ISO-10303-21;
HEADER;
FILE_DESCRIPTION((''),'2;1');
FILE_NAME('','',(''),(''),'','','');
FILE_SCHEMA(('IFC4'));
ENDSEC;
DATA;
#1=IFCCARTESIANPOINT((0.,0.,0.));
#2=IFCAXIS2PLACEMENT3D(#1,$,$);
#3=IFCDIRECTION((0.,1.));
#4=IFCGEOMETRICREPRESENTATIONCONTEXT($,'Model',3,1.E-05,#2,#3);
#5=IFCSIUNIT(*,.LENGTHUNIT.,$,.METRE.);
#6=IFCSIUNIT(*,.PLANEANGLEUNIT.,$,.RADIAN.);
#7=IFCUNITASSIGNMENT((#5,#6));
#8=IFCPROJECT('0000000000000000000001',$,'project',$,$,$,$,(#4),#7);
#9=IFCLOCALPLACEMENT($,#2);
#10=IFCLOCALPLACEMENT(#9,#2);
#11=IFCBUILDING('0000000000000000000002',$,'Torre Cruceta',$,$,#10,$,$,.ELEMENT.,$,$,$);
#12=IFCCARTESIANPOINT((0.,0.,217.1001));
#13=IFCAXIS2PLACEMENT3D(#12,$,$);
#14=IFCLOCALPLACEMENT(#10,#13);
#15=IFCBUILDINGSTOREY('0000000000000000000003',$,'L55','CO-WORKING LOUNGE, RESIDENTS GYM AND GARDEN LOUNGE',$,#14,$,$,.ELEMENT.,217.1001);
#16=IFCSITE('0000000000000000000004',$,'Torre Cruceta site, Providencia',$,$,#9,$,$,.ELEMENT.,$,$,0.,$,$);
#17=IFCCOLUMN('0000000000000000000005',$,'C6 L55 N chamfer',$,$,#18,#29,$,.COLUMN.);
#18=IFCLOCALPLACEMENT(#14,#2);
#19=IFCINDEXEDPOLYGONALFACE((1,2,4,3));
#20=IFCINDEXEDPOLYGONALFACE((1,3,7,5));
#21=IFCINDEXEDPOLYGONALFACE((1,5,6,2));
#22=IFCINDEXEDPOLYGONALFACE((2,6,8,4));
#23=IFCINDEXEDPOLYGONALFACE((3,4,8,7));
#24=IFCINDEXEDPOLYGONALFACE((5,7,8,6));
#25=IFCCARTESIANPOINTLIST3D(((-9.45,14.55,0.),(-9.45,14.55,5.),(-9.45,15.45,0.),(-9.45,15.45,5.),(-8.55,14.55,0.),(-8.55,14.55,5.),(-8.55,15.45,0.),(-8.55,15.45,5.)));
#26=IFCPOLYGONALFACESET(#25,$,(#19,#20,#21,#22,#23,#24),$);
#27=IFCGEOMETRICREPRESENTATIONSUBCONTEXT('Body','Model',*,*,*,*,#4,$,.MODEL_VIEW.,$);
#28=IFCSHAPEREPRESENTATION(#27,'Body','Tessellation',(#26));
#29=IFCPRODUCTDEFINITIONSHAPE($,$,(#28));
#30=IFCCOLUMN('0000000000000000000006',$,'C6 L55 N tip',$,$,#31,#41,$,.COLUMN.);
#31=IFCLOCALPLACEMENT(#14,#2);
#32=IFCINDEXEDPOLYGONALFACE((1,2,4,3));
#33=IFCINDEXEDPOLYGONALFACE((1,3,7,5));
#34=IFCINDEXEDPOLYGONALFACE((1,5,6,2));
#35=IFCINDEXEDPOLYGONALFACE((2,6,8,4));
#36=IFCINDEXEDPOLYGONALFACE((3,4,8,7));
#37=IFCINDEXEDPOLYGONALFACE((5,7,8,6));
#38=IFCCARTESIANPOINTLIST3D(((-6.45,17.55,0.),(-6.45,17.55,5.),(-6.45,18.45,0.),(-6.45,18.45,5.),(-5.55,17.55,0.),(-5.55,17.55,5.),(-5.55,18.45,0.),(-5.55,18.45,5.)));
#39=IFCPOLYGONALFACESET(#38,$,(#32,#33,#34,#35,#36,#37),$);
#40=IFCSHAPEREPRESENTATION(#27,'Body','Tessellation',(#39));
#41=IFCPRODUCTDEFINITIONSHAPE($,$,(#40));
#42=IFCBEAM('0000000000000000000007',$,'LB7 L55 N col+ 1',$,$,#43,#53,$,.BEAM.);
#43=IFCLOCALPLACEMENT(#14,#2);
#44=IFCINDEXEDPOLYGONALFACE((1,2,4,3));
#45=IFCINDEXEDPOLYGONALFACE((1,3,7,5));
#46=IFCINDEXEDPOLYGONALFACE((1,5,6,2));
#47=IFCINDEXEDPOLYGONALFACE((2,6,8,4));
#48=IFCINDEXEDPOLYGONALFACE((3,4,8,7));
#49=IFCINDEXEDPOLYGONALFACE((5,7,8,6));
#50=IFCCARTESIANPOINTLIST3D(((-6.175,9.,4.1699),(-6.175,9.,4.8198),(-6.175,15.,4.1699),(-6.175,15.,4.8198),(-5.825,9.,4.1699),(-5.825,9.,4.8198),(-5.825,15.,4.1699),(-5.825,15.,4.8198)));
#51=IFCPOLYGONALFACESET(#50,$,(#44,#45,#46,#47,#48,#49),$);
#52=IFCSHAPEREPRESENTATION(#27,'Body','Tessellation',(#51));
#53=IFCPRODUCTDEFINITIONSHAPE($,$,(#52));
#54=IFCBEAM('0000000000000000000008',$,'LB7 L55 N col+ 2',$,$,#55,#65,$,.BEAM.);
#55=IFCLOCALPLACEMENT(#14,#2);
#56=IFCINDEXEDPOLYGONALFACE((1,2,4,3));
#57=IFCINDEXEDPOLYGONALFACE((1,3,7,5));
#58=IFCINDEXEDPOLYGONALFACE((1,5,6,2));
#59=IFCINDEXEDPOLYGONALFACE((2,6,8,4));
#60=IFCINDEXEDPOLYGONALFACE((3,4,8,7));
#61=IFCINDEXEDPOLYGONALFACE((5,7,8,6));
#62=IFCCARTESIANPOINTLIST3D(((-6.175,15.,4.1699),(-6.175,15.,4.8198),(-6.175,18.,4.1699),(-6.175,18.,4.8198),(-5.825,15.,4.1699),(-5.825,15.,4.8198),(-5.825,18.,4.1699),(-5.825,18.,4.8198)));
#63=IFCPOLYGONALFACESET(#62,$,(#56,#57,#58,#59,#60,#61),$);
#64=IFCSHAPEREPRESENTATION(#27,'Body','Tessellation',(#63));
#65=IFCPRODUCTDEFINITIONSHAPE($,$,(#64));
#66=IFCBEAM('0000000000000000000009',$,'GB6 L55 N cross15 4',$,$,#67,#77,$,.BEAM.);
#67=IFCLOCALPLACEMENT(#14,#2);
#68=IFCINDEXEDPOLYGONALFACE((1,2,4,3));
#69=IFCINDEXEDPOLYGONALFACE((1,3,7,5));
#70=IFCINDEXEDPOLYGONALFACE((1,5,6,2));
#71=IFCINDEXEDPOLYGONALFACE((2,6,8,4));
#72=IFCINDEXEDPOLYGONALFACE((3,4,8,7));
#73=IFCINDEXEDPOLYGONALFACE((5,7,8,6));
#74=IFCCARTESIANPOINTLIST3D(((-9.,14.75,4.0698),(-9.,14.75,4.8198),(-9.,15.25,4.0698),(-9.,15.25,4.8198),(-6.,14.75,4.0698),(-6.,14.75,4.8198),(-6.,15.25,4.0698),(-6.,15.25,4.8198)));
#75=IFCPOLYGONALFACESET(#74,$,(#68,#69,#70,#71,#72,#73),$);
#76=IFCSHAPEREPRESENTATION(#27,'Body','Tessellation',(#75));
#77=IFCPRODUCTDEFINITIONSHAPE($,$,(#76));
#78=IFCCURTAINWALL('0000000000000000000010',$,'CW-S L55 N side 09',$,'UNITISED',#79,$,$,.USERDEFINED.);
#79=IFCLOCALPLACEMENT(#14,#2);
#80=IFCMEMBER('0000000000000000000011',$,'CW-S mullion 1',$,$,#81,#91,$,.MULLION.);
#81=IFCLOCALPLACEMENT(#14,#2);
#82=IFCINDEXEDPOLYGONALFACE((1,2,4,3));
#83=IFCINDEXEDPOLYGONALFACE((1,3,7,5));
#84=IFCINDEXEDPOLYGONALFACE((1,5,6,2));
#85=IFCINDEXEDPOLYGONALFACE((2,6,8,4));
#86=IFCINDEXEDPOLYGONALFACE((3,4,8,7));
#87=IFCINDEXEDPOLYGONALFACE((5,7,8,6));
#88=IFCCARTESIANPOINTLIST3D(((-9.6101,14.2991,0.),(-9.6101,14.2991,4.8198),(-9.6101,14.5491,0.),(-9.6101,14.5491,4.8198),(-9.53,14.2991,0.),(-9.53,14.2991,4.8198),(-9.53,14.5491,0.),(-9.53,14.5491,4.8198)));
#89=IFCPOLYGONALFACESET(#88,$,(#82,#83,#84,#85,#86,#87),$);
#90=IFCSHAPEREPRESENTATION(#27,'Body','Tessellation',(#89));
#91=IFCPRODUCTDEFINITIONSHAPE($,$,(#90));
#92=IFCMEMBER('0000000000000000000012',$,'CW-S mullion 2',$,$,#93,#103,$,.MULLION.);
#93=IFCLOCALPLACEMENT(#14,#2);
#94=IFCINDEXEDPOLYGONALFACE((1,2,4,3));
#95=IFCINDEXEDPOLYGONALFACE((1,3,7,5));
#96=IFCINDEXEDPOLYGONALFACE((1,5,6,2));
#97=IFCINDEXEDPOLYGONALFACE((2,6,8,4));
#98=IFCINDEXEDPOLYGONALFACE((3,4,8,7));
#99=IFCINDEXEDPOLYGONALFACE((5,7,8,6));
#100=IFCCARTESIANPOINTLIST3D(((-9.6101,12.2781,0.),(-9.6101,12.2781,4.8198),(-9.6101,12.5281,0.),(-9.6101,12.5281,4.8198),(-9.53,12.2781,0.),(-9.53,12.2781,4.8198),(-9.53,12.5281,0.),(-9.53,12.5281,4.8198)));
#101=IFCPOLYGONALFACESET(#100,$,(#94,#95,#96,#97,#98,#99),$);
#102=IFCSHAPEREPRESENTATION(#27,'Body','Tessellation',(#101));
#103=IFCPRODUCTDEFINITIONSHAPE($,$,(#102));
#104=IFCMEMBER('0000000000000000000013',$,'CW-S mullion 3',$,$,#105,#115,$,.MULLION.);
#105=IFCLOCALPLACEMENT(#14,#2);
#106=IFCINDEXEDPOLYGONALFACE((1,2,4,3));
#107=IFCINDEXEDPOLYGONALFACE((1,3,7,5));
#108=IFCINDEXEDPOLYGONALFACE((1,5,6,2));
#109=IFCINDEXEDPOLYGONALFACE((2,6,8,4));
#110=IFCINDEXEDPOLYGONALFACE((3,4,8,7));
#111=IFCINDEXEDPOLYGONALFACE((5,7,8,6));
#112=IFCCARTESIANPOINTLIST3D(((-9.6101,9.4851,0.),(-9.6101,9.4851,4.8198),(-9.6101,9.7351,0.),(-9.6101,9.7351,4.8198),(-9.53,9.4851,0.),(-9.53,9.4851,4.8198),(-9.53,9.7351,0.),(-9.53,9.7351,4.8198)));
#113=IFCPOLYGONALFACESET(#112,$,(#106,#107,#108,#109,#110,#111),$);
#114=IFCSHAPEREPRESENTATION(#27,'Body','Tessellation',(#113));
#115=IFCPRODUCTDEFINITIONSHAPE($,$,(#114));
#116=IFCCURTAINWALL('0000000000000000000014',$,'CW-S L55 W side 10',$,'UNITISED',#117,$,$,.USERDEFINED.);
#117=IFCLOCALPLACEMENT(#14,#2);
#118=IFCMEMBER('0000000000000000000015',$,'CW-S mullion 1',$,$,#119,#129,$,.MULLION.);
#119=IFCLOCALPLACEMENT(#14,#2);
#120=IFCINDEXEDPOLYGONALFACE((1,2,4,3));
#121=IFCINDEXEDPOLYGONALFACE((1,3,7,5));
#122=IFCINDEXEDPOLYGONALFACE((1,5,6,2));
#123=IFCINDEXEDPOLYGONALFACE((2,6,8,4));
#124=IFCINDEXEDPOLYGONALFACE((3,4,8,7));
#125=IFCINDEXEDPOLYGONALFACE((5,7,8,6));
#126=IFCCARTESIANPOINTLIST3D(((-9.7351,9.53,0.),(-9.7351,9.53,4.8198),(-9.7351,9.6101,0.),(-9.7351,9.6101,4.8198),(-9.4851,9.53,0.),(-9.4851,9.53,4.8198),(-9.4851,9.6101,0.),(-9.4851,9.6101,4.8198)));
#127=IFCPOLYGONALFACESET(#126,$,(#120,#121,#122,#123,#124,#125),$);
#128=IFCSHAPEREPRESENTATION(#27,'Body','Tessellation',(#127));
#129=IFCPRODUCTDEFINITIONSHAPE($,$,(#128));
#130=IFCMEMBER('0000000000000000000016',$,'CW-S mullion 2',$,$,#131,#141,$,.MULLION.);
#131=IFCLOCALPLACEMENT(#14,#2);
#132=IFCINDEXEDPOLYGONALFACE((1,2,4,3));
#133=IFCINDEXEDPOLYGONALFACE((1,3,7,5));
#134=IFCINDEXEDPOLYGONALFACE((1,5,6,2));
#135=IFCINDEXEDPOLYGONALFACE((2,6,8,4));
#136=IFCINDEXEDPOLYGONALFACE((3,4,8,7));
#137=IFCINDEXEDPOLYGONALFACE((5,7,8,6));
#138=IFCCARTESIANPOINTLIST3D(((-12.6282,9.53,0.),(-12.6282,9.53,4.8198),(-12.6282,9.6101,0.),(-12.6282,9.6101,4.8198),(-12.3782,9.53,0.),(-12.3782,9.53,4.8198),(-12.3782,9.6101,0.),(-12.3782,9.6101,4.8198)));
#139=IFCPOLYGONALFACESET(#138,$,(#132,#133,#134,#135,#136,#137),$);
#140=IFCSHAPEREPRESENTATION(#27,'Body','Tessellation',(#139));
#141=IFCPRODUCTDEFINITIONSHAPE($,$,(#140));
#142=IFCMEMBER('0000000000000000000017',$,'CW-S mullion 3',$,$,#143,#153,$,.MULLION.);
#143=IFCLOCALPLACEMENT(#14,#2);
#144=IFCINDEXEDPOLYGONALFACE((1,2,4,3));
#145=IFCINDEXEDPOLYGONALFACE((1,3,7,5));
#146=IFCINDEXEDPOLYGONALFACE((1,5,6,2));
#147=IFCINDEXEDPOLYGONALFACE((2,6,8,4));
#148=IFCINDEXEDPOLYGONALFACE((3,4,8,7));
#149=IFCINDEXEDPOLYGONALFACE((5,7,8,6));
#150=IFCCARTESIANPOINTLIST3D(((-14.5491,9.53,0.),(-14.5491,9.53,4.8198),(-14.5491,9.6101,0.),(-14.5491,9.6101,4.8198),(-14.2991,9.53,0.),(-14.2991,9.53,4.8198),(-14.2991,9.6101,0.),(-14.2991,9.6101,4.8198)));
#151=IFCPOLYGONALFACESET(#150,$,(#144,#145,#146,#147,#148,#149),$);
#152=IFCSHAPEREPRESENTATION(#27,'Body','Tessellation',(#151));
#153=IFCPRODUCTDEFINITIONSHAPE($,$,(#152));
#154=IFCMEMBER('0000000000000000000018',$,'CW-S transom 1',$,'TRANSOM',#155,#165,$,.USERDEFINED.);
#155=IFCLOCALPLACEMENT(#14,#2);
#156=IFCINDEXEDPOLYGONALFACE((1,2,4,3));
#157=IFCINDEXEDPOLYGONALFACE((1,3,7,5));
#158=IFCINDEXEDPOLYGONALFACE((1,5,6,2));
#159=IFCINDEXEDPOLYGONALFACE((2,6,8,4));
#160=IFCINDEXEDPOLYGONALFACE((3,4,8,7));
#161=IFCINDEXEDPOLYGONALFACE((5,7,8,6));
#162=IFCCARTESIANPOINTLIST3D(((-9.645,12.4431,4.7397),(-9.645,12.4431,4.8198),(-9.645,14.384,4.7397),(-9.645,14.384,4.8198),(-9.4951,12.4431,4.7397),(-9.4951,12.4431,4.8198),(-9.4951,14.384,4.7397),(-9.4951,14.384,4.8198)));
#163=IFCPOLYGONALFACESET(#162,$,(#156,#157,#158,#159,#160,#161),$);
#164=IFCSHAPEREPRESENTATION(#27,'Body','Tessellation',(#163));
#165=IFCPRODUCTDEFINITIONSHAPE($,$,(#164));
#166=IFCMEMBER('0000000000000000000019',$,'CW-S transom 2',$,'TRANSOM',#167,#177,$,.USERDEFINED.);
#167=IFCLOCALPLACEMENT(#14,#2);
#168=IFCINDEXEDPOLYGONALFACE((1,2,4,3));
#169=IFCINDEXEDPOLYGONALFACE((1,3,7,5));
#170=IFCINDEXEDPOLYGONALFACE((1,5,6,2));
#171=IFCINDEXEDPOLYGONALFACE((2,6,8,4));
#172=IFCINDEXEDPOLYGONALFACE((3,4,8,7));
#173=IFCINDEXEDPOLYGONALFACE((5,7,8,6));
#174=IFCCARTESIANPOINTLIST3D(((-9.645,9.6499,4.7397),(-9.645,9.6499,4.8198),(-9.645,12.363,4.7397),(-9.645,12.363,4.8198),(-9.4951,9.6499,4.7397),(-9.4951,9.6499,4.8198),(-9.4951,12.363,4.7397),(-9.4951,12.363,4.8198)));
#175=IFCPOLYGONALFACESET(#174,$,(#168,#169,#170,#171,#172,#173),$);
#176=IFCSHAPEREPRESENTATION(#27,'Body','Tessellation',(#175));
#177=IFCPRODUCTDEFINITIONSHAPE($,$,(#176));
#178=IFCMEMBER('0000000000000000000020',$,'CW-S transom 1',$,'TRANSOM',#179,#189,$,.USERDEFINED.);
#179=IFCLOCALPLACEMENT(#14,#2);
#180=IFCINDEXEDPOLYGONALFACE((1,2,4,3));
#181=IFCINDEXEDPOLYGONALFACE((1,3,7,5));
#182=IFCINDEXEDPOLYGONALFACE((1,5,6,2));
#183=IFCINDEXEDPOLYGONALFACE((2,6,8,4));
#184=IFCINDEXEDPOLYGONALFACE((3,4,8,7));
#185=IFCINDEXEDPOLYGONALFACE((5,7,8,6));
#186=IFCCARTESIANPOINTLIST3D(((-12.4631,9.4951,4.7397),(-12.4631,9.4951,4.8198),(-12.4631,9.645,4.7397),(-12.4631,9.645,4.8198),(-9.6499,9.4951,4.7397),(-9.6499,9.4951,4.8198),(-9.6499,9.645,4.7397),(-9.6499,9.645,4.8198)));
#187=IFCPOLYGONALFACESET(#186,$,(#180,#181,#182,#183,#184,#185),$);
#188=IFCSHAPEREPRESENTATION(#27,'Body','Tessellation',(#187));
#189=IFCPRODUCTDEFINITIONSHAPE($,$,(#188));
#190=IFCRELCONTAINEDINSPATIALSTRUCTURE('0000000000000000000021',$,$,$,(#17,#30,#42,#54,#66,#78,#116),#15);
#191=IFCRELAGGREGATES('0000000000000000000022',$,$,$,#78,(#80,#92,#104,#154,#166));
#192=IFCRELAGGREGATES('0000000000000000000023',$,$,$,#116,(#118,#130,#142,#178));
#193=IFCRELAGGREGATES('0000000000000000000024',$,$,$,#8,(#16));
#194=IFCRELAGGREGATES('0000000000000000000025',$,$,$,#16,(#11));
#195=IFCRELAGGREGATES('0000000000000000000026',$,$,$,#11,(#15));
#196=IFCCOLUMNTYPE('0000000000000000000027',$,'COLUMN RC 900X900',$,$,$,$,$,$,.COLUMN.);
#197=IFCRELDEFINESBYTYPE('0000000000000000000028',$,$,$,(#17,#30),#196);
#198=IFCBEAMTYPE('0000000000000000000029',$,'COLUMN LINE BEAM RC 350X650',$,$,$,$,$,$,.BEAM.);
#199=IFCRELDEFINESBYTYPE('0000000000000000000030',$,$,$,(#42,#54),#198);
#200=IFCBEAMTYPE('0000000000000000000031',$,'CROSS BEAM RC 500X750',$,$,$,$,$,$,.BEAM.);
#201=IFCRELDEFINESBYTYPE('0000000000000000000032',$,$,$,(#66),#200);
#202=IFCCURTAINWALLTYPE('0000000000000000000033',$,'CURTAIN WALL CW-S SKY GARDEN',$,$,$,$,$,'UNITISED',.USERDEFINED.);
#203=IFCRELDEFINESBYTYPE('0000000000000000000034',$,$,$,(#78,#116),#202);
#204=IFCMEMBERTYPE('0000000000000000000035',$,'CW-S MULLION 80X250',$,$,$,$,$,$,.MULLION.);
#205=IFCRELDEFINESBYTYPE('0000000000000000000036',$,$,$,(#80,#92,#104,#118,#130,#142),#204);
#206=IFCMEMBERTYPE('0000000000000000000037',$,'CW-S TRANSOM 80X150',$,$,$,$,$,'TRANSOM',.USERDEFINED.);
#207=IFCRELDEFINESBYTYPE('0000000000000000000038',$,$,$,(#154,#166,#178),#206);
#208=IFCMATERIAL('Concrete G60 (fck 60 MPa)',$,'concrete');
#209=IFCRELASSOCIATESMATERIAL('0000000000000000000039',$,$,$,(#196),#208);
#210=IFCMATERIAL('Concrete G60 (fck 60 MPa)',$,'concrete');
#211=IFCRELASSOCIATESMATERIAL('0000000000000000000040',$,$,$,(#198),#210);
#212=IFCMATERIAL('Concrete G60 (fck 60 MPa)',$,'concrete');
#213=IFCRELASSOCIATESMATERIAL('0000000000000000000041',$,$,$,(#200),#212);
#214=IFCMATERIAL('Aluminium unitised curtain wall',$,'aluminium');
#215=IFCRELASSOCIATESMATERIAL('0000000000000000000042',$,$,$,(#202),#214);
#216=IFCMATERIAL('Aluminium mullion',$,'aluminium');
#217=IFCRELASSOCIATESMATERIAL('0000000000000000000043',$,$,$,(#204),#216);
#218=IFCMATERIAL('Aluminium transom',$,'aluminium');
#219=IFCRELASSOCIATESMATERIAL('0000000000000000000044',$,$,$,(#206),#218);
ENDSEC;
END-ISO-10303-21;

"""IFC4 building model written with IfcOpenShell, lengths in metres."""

from ifc_helpers import new_model, si_unit, direction, frame, origin, origin_2d, place, context, subcontext, project, spatial, rectangle, extrude, material, material_profile, profile_set, type_object, element, aggregate, save


model = new_model("IFC4")

# Units and contexts
model_context = context("Model", 3, precision=1e-05, world=origin(), true_north=direction((0.0, 1.0)))
body_context = subcontext(model_context, "Body", "Model", "MODEL_VIEW")
ifc_project = project(units=[si_unit("LENGTHUNIT", "METRE"), si_unit("PLANEANGLEUNIT", "RADIAN")], contexts=[model_context])

# Site, building, storey
site_placement = place(None, origin())
site = spatial("IfcSite", under=ifc_project, at=site_placement, Name="Torre Cruceta site, Providencia", CompositionType="ELEMENT", RefElevation=0.0)
building_placement = place(site_placement, origin())
building = spatial("IfcBuilding", under=site, at=building_placement, Name="Torre Cruceta", CompositionType="ELEMENT")
storey_placement = place(building_placement, frame((0.0, 0.0, 217.1001)))
storey = spatial("IfcBuildingStorey", under=building, at=storey_placement, Name="L55", Description="CO-WORKING LOUNGE, RESIDENTS GYM AND GARDEN LOUNGE", CompositionType="ELEMENT", Elevation=217.1001)

# Columns
ifc_material_1 = material(Name="Concrete G60 (fck 60 MPa)", Category="concrete")
ifc_material_profile_1 = material_profile(ifc_material_1, rectangle(XDim=0.8999, YDim=0.8999, at=origin_2d()), Name="RC 900X900")
ifc_profile_set_1 = profile_set([ifc_material_profile_1], Name="Concrete G60 (fck 60 MPa)")
column_type = type_object("IfcColumnType", Name="COLUMN RC 900X900", PredefinedType="COLUMN", material=ifc_profile_set_1)
for number, where, z_axis, x_axis, name in (
    (1, (-9.0, 15.0, 0.0), (0.0, 0.0, 1.0), (1.0, 0.0, 0.0), "C6 L55 N chamfer"),
    (2, (-6.0, 18.0, 0.0), (0.0, 0.0, 1.0), (1.0, 0.0, 0.0), "C6 L55 N tip"),
):
    element("IfcColumn", number, at=place(storey_placement, frame(where, z_axis=z_axis, x_axis=x_axis)), inside=storey, type_object=column_type, Name=name, PredefinedType="COLUMN", context=body_context, shape_type="SweptSolid", body=[
        extrude(rectangle(XDim=0.8999, YDim=0.8999, at=origin_2d()), origin(), (0.0, 0.0, 1.0), 5.0),
    ])

# Beams
ifc_material_2 = material(Name="Concrete G60 (fck 60 MPa)", Category="concrete")
ifc_material_profile_2 = material_profile(ifc_material_2, rectangle(XDim=0.3501, YDim=0.6499, at=origin_2d()), Name="RC 350X650")
ifc_profile_set_2 = profile_set([ifc_material_profile_2], Name="Concrete G60 (fck 60 MPa)")
beam_type_1 = type_object("IfcBeamType", Name="COLUMN LINE BEAM RC 350X650", PredefinedType="BEAM", material=ifc_profile_set_2)
beam_1_placement = place(storey_placement, frame((-6.0, 9.0, 4.4949), z_axis=(0.0, 1.0, 0.0), x_axis=(-1.0, 0.0, 0.0)))
element("IfcBeam", 3, at=beam_1_placement, inside=storey, type_object=beam_type_1, Name="LB7 L55 N col+ 1", PredefinedType="BEAM", context=body_context, shape_type="SweptSolid", body=[
    extrude(rectangle(XDim=0.3501, YDim=0.6499, at=origin_2d()), origin(), (0.0, 0.0, 1.0), 6.0),
])
beam_2_placement = place(storey_placement, frame((-6.0, 15.0, 4.4949), z_axis=(0.0, 1.0, 0.0), x_axis=(-1.0, 0.0, 0.0)))
element("IfcBeam", 4, at=beam_2_placement, inside=storey, type_object=beam_type_1, Name="LB7 L55 N col+ 2", PredefinedType="BEAM", context=body_context, shape_type="SweptSolid", body=[
    extrude(rectangle(XDim=0.3501, YDim=0.6499, at=origin_2d()), origin(), (0.0, 0.0, 1.0), 3.0),
])
ifc_material_3 = material(Name="Concrete G60 (fck 60 MPa)", Category="concrete")
ifc_material_profile_3 = material_profile(ifc_material_3, rectangle(XDim=0.5, YDim=0.75, at=origin_2d()), Name="RC 500X750")
ifc_profile_set_3 = profile_set([ifc_material_profile_3], Name="Concrete G60 (fck 60 MPa)")
beam_type_2 = type_object("IfcBeamType", Name="CROSS BEAM RC 500X750", PredefinedType="BEAM", material=ifc_profile_set_3)
beam_3_placement = place(storey_placement, frame((-6.0, 15.0, 4.4448), z_axis=(-1.0, 0.0, 0.0), x_axis=(0.0, -1.0, 0.0)))
element("IfcBeam", 5, at=beam_3_placement, inside=storey, type_object=beam_type_2, Name="GB6 L55 N cross15 4", PredefinedType="BEAM", context=body_context, shape_type="SweptSolid", body=[
    extrude(rectangle(XDim=0.5, YDim=0.75, at=origin_2d()), origin(), (0.0, 0.0, 1.0), 3.0),
])

# Curtain walls, members
ifc_material_4 = material(Name="Aluminium unitised curtain wall", Category="aluminium")
curtain_wall_type = type_object("IfcCurtainWallType", Name="CURTAIN WALL CW-S SKY GARDEN", ElementType="UNITISED", PredefinedType="USERDEFINED", material=ifc_material_4)
curtain_wall_1_placement = place(storey_placement, origin())
curtain_wall_1 = element("IfcCurtainWall", 6, at=curtain_wall_1_placement, inside=storey, type_object=curtain_wall_type, Name="CW-S L55 N side 09", ObjectType="UNITISED", PredefinedType="USERDEFINED")
ifc_material_5 = material(Name="Aluminium mullion", Category="aluminium")
ifc_material_profile_4 = material_profile(ifc_material_5, rectangle(XDim=0.0801, YDim=0.25, at=origin_2d()), Name="AL 80X250")
ifc_profile_set_4 = profile_set([ifc_material_profile_4], Name="Aluminium mullion")
member_type_1 = type_object("IfcMemberType", Name="CW-S MULLION 80X250", PredefinedType="MULLION", material=ifc_profile_set_4)
member_1_placement = place(storey_placement, frame((-9.5701, 14.4241, 0.0), z_axis=(0.0, 0.0, 1.0), x_axis=(1.0, 0.0, 0.0)))
member_1 = element("IfcMember", 7, at=member_1_placement, type_object=member_type_1, Name="CW-S mullion 1", PredefinedType="MULLION", context=body_context, shape_type="SweptSolid", body=[
    extrude(rectangle(XDim=0.0801, YDim=0.25, at=origin_2d()), origin(), (0.0, 0.0, 1.0), 4.8198),
])
member_2_placement = place(storey_placement, frame((-9.5701, 12.4031, 0.0), z_axis=(0.0, 0.0, 1.0), x_axis=(1.0, 0.0, 0.0)))
member_2 = element("IfcMember", 8, at=member_2_placement, type_object=member_type_1, Name="CW-S mullion 2", PredefinedType="MULLION", context=body_context, shape_type="SweptSolid", body=[
    extrude(rectangle(XDim=0.0801, YDim=0.25, at=origin_2d()), origin(), (0.0, 0.0, 1.0), 4.8198),
])
member_3_placement = place(storey_placement, frame((-9.5701, 9.6101, 0.0), z_axis=(0.0, 0.0, 1.0), x_axis=(1.0, 0.0, 0.0)))
member_3 = element("IfcMember", 9, at=member_3_placement, type_object=member_type_1, Name="CW-S mullion 3", PredefinedType="MULLION", context=body_context, shape_type="SweptSolid", body=[
    extrude(rectangle(XDim=0.0801, YDim=0.25, at=origin_2d()), origin(), (0.0, 0.0, 1.0), 4.8198),
])
curtain_wall_2_placement = place(storey_placement, origin())
curtain_wall_2 = element("IfcCurtainWall", 10, at=curtain_wall_2_placement, inside=storey, type_object=curtain_wall_type, Name="CW-S L55 W side 10", ObjectType="UNITISED", PredefinedType="USERDEFINED")
member_4_placement = place(storey_placement, frame((-9.6101, 9.5701, 0.0), z_axis=(0.0, 0.0, 1.0), x_axis=(0.0, -1.0, 0.0)))
member_4 = element("IfcMember", 11, at=member_4_placement, type_object=member_type_1, Name="CW-S mullion 1", PredefinedType="MULLION", context=body_context, shape_type="SweptSolid", body=[
    extrude(rectangle(XDim=0.0801, YDim=0.25, at=origin_2d()), origin(), (0.0, 0.0, 1.0), 4.8198),
])
member_5_placement = place(storey_placement, frame((-12.5032, 9.5701, 0.0), z_axis=(0.0, 0.0, 1.0), x_axis=(0.0, -1.0, 0.0)))
member_5 = element("IfcMember", 12, at=member_5_placement, type_object=member_type_1, Name="CW-S mullion 2", PredefinedType="MULLION", context=body_context, shape_type="SweptSolid", body=[
    extrude(rectangle(XDim=0.0801, YDim=0.25, at=origin_2d()), origin(), (0.0, 0.0, 1.0), 4.8198),
])
member_6_placement = place(storey_placement, frame((-14.4241, 9.5701, 0.0), z_axis=(0.0, 0.0, 1.0), x_axis=(0.0, -1.0, 0.0)))
member_6 = element("IfcMember", 13, at=member_6_placement, type_object=member_type_1, Name="CW-S mullion 3", PredefinedType="MULLION", context=body_context, shape_type="SweptSolid", body=[
    extrude(rectangle(XDim=0.0801, YDim=0.25, at=origin_2d()), origin(), (0.0, 0.0, 1.0), 4.8198),
])

# Members
ifc_material_6 = material(Name="Aluminium transom", Category="aluminium")
ifc_material_profile_5 = material_profile(ifc_material_6, rectangle(XDim=0.1499, YDim=0.0801, at=origin_2d()), Name="AL 150X80")
ifc_profile_set_5 = profile_set([ifc_material_profile_5], Name="Aluminium transom")
member_type_2 = type_object("IfcMemberType", Name="CW-S TRANSOM 80X150", ElementType="TRANSOM", PredefinedType="USERDEFINED", material=ifc_profile_set_5)
member_7_placement = place(storey_placement, frame((-9.5701, 14.384, 4.7798), z_axis=(0.0, -1.0, 0.0), x_axis=(1.0, 0.0, 0.0)))
member_7 = element("IfcMember", 14, at=member_7_placement, type_object=member_type_2, Name="CW-S transom 1", ObjectType="TRANSOM", PredefinedType="USERDEFINED", context=body_context, shape_type="SweptSolid", body=[
    extrude(rectangle(XDim=0.1499, YDim=0.0801, at=origin_2d()), origin(), (0.0, 0.0, 1.0), 1.9409),
])
member_8_placement = place(storey_placement, frame((-9.5701, 12.363, 4.7798), z_axis=(0.0, -1.0, 0.0), x_axis=(1.0, 0.0, 0.0)))
member_8 = element("IfcMember", 15, at=member_8_placement, type_object=member_type_2, Name="CW-S transom 2", ObjectType="TRANSOM", PredefinedType="USERDEFINED", context=body_context, shape_type="SweptSolid", body=[
    extrude(rectangle(XDim=0.1499, YDim=0.0801, at=origin_2d()), origin(), (0.0, 0.0, 1.0), 2.7131),
])
member_9_placement = place(storey_placement, frame((-9.6499, 9.5701, 4.7798), z_axis=(-1.0, 0.0, 0.0), x_axis=(0.0, -1.0, 0.0)))
member_9 = element("IfcMember", 16, at=member_9_placement, type_object=member_type_2, Name="CW-S transom 1", ObjectType="TRANSOM", PredefinedType="USERDEFINED", context=body_context, shape_type="SweptSolid", body=[
    extrude(rectangle(XDim=0.1499, YDim=0.0801, at=origin_2d()), origin(), (0.0, 0.0, 1.0), 2.8132),
])

aggregate(curtain_wall_1, [member_1, member_2, member_3, member_7, member_8])
aggregate(curtain_wall_2, [member_4, member_5, member_6, member_9])

save(model, "model.ifc")
